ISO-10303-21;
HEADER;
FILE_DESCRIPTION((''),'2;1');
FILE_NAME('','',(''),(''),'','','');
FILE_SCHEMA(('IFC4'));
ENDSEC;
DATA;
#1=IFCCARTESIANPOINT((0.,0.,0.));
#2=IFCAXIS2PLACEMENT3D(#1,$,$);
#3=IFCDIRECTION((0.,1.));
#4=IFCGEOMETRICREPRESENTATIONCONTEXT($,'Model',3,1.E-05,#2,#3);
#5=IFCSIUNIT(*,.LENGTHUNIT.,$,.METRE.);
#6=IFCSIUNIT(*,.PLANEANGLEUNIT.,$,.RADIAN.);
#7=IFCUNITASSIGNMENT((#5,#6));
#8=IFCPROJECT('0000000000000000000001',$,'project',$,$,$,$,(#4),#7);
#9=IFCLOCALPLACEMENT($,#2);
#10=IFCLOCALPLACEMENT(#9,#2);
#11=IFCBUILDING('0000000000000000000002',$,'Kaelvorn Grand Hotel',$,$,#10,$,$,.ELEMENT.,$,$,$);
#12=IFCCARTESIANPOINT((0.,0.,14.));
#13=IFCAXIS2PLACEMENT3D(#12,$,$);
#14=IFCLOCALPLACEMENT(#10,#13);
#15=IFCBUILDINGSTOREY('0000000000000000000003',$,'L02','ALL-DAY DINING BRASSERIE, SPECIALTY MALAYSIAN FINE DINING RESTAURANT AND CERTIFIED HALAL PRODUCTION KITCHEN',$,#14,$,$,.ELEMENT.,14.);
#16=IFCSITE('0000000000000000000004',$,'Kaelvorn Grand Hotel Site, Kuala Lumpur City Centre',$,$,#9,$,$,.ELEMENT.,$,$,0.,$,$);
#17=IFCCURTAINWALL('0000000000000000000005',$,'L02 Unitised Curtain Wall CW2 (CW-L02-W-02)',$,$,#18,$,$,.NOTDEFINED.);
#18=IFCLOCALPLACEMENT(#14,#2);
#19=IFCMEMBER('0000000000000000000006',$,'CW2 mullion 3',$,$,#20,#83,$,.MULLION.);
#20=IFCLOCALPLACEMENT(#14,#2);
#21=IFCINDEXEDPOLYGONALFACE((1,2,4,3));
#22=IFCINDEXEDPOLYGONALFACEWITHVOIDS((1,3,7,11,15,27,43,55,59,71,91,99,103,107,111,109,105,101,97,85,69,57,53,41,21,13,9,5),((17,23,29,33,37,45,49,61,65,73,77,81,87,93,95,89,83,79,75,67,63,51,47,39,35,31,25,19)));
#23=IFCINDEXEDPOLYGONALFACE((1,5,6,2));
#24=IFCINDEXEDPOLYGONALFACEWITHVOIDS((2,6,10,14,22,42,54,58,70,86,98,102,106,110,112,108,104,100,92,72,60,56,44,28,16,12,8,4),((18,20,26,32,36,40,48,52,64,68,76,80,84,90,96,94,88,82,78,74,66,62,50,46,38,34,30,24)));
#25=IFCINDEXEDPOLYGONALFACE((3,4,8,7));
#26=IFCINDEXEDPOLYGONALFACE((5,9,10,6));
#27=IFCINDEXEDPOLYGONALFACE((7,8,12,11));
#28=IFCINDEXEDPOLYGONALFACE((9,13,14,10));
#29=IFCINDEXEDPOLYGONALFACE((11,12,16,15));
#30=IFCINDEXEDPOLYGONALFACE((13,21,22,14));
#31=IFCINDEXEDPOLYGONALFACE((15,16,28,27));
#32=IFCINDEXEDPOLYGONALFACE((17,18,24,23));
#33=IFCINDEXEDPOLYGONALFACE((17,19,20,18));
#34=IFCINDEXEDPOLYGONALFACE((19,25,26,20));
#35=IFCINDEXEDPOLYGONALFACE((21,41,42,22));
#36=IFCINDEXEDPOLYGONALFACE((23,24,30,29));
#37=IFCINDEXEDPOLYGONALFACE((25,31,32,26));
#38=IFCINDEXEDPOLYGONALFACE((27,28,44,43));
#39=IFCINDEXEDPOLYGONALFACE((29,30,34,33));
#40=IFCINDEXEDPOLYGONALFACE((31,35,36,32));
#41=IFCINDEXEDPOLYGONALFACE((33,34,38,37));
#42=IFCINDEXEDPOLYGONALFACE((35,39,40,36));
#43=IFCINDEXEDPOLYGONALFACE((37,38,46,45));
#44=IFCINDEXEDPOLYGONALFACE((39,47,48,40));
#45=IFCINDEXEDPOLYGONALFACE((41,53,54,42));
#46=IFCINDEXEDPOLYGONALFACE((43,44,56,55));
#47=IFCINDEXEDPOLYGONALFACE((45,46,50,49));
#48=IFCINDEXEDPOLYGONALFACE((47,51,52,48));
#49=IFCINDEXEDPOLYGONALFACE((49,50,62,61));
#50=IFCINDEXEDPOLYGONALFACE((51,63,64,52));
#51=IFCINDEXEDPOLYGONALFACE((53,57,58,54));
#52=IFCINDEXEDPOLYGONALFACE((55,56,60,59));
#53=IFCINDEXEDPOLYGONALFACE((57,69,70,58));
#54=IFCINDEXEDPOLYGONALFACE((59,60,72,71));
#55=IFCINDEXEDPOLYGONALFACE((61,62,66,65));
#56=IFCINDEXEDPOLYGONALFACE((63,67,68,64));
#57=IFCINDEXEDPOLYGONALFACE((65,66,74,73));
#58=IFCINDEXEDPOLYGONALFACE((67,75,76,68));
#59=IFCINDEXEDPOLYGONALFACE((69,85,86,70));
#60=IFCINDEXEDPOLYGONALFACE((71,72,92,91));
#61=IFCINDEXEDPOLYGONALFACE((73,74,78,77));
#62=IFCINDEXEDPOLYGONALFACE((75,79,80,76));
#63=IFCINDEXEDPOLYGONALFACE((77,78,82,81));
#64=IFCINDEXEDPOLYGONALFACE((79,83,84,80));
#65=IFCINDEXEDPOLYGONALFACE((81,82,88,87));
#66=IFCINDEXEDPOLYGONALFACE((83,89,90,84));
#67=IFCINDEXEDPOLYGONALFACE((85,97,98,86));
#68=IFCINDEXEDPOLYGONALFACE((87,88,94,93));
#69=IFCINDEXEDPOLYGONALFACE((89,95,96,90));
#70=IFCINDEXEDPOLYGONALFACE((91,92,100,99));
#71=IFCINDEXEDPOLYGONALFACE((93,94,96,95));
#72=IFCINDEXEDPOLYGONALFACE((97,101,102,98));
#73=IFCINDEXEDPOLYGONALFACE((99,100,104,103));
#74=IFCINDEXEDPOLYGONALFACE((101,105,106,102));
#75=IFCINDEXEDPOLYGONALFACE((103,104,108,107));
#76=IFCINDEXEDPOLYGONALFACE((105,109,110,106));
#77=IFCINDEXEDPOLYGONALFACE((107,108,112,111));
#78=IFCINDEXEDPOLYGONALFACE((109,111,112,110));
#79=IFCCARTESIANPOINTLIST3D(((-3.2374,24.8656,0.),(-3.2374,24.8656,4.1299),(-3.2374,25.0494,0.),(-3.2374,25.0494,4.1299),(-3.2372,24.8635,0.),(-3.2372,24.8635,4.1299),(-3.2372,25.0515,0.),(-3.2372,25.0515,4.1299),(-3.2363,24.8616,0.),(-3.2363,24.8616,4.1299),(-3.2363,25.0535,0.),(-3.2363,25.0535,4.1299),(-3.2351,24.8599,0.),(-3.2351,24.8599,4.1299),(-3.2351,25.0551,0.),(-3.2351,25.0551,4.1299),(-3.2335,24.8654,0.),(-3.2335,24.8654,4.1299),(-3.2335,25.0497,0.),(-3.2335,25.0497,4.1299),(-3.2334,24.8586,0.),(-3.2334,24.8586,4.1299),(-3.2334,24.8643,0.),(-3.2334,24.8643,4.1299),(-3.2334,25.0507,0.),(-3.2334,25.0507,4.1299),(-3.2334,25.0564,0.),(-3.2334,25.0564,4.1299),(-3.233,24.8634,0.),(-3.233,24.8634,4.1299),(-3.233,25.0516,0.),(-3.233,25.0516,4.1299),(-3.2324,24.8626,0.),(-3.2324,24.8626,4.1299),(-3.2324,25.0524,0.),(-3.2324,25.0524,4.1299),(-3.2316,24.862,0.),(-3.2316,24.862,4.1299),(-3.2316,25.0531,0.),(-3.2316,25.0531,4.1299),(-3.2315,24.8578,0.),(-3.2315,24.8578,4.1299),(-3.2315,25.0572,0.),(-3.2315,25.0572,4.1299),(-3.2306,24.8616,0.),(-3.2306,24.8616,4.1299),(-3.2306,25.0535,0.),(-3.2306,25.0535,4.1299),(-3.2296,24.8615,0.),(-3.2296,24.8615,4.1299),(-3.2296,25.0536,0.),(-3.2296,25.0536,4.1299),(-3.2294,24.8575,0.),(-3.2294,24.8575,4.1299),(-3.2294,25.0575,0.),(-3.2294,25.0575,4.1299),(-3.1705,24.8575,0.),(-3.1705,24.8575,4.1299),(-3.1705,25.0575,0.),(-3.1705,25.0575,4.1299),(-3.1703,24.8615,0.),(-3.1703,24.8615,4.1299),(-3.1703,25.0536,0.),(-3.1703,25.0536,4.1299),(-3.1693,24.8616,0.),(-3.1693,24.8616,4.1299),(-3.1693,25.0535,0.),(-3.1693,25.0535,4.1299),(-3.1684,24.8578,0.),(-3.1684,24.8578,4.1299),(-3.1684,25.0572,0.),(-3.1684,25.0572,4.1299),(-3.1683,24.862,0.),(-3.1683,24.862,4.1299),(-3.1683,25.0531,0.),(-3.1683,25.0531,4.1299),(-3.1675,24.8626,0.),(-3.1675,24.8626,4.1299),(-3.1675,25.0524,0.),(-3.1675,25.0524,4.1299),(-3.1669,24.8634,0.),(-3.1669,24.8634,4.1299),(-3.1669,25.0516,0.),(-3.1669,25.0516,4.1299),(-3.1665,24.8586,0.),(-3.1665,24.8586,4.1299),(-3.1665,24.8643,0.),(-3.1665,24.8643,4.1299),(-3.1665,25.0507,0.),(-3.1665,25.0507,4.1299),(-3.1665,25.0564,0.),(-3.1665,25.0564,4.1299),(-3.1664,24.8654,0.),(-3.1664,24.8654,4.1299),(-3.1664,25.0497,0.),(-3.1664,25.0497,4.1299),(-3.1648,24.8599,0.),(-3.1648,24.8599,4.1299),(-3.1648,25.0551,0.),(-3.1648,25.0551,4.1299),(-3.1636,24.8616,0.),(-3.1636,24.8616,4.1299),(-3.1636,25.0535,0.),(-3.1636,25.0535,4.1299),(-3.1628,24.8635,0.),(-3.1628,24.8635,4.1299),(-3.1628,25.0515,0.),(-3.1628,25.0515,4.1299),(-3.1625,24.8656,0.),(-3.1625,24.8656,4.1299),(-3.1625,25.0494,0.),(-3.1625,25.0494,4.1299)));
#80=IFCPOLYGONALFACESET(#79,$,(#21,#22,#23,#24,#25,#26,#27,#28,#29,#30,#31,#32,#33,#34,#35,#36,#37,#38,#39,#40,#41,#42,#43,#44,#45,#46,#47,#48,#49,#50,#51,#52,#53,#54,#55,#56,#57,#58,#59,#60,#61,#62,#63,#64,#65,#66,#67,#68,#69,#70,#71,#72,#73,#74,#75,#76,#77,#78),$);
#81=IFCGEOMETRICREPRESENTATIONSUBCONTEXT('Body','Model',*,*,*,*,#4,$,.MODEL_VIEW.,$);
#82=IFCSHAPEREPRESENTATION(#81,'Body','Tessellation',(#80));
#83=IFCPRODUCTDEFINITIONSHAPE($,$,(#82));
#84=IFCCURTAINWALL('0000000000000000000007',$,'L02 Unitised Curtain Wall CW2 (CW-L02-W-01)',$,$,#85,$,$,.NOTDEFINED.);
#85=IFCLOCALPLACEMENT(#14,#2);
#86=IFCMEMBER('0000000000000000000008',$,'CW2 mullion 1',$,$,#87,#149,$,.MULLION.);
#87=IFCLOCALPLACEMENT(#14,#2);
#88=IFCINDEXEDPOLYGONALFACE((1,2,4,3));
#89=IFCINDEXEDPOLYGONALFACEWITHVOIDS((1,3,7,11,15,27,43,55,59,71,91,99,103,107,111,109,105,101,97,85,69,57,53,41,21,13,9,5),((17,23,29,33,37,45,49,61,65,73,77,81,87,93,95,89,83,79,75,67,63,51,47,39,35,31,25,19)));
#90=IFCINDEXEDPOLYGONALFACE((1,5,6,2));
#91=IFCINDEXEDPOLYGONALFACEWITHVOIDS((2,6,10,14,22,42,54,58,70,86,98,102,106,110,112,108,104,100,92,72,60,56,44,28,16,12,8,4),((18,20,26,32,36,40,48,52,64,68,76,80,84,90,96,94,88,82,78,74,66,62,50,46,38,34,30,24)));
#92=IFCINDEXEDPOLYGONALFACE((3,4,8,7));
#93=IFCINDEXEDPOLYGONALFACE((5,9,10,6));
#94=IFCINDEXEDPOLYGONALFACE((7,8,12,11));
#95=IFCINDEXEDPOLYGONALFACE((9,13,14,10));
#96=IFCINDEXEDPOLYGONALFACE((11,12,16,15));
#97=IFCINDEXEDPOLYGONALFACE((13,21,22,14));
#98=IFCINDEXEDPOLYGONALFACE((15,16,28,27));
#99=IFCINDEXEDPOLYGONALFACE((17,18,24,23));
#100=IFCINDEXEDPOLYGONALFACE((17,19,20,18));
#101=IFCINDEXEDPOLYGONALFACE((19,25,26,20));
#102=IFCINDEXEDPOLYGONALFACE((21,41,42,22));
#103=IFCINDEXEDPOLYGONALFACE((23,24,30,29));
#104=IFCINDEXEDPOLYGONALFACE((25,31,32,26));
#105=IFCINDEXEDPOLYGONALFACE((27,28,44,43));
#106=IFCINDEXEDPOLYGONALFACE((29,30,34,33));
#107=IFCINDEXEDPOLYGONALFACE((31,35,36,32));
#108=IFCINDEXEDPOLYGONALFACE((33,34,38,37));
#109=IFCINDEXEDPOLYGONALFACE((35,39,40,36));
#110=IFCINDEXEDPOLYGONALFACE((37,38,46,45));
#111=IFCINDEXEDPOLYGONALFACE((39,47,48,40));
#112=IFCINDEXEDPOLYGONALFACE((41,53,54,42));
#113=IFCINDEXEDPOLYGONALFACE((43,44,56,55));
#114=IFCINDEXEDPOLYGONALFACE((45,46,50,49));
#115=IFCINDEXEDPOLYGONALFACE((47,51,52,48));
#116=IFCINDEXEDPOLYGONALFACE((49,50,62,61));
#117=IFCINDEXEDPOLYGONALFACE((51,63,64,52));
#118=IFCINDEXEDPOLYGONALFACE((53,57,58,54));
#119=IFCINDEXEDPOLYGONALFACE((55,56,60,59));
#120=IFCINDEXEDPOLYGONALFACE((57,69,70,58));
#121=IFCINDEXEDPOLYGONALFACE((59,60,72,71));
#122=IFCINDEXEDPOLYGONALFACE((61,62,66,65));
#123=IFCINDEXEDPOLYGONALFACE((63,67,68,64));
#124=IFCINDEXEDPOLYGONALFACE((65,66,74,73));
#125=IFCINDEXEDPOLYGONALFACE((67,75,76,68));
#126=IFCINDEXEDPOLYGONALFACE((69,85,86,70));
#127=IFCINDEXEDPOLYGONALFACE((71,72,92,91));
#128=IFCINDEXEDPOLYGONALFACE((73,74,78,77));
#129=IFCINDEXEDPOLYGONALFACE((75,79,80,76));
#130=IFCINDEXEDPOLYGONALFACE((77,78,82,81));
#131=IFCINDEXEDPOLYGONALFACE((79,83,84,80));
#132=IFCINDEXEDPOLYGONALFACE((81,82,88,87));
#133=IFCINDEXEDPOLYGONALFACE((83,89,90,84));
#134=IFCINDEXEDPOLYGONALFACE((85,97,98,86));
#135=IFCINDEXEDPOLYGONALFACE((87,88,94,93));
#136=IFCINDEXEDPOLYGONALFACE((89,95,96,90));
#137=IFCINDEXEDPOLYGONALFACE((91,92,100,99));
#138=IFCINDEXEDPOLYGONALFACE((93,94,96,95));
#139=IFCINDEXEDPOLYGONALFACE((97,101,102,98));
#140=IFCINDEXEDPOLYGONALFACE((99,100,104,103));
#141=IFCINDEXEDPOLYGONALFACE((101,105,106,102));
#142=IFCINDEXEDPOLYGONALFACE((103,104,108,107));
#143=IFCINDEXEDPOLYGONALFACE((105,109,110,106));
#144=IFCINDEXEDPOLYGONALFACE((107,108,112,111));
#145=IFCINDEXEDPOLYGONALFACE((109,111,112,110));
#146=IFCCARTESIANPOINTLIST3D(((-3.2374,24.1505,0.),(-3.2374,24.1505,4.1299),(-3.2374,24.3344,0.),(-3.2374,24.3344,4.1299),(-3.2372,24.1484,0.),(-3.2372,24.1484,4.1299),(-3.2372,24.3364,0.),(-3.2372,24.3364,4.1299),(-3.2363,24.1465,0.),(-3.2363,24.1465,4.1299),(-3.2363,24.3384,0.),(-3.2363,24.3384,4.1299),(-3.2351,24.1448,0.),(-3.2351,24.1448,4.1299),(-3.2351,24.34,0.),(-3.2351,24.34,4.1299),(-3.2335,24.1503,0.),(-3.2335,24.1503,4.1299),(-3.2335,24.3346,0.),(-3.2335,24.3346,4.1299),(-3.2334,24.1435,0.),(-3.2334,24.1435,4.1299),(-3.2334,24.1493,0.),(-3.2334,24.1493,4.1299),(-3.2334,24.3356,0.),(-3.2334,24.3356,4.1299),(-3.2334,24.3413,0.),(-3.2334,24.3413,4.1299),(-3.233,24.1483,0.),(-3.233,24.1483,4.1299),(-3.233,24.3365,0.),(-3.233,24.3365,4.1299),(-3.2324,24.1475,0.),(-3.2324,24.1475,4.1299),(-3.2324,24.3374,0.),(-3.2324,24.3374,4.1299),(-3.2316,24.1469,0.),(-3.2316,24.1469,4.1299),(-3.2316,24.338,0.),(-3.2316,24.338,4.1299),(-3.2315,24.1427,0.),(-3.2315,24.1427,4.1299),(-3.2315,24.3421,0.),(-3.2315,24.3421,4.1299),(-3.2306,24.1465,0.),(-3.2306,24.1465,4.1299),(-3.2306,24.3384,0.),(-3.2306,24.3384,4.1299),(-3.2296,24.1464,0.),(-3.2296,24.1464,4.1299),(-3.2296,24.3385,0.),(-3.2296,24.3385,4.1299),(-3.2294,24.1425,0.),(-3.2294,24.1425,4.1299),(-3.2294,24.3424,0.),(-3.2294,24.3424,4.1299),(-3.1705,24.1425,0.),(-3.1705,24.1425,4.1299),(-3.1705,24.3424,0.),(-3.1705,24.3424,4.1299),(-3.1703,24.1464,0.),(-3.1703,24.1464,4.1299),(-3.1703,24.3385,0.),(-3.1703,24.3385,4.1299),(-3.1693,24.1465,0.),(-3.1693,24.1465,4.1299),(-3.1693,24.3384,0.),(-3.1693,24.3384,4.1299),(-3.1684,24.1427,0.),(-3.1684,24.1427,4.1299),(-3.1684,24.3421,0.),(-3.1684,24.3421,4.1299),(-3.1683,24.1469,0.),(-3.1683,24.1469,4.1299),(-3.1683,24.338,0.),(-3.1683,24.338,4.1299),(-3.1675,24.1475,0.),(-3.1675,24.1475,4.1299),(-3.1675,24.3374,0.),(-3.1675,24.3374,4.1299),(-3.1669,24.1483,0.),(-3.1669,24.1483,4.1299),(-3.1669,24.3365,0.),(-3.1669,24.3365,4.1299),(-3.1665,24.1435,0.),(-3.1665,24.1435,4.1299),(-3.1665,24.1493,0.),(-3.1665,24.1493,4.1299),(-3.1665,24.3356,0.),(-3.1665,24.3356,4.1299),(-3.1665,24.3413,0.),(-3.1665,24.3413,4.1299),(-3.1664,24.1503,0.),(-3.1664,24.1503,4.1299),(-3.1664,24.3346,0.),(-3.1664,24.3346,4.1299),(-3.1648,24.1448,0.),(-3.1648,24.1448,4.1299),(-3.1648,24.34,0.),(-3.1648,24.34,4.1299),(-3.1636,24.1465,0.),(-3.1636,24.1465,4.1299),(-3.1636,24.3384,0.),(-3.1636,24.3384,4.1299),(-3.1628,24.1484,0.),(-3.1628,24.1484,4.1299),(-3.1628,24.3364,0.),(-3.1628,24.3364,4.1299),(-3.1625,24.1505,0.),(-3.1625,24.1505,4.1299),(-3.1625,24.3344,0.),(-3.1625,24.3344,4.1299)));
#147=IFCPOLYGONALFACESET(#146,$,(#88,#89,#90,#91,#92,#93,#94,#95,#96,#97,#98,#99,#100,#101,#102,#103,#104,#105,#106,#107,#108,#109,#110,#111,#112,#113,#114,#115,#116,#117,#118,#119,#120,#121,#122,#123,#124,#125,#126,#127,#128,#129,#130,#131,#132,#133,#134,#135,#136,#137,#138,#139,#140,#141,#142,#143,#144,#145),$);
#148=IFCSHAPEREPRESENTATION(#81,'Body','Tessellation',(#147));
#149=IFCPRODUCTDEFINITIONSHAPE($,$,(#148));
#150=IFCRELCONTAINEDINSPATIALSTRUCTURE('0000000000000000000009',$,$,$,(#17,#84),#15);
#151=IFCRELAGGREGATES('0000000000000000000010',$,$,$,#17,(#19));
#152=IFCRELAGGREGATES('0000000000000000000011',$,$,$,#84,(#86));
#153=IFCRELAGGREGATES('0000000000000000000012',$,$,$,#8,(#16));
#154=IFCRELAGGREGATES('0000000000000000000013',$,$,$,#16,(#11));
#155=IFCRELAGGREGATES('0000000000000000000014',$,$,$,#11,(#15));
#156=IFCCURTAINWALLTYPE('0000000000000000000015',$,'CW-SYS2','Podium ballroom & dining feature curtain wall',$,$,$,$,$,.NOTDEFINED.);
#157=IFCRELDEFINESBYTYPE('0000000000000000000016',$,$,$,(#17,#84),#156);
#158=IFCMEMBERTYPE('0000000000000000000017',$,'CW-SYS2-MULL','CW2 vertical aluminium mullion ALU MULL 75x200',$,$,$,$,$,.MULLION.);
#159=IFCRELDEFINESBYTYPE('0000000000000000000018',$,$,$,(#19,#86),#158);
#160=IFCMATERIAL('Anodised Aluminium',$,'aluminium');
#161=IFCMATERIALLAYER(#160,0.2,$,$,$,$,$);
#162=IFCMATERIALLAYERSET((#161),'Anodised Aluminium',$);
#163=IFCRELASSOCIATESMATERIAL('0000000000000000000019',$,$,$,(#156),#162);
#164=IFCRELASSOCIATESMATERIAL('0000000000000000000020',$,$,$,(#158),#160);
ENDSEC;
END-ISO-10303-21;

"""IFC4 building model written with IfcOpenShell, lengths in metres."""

from ifc_helpers import new_model, si_unit, direction, frame, origin, origin_2d, place, context, subcontext, project, spatial, hollow_rectangle, extrude, material, layer, layer_set, material_profile, profile_set, type_object, element, aggregate, save


model = new_model("IFC4")

# Units and contexts
model_context = context("Model", 3, precision=1e-05, world=origin(), true_north=direction((0.0, 1.0)))
body_context = subcontext(model_context, "Body", "Model", "MODEL_VIEW")
ifc_project = project(units=[si_unit("LENGTHUNIT", "METRE"), si_unit("PLANEANGLEUNIT", "RADIAN")], contexts=[model_context])

# Site, building, storey
site_placement = place(None, origin())
site = spatial("IfcSite", under=ifc_project, at=site_placement, Name="Kaelvorn Grand Hotel Site, Kuala Lumpur City Centre", CompositionType="ELEMENT", RefElevation=0.0)
building_placement = place(site_placement, origin())
building = spatial("IfcBuilding", under=site, at=building_placement, Name="Kaelvorn Grand Hotel", CompositionType="ELEMENT")
storey_placement = place(building_placement, frame((0.0, 0.0, 14.0)))
storey = spatial("IfcBuildingStorey", under=building, at=storey_placement, Name="L02", Description="ALL-DAY DINING BRASSERIE, SPECIALTY MALAYSIAN FINE DINING RESTAURANT AND CERTIFIED HALAL PRODUCTION KITCHEN", CompositionType="ELEMENT", Elevation=14.0)

# Curtain wall, member
ifc_material_1 = material(Name="Anodised Aluminium", Category="aluminium")
ifc_layer_1 = layer(ifc_material_1, 0.2)
ifc_layer_set_1 = layer_set([ifc_layer_1], Name="Anodised Aluminium")
curtain_wall_type = type_object("IfcCurtainWallType", Name="CW-SYS2", Description="Podium ballroom & dining feature curtain wall", PredefinedType="NOTDEFINED", material=ifc_layer_set_1)
curtain_wall_1_placement = place(storey_placement, origin())
curtain_wall_1 = element("IfcCurtainWall", 1, at=curtain_wall_1_placement, inside=storey, type_object=curtain_wall_type, Name="L02 Unitised Curtain Wall CW2 (CW-L02-W-02)", PredefinedType="NOTDEFINED")
ifc_material_profile_1 = material_profile(ifc_material_1, hollow_rectangle(XDim=0.075, YDim=0.2, WallThickness=0.0039, InnerFilletRadius=0.0039, OuterFilletRadius=0.0081, at=origin_2d()), Name="ALU MULL 75x200")
ifc_profile_set_1 = profile_set([ifc_material_profile_1], Name="Anodised Aluminium")
member_type_1 = type_object("IfcMemberType", Name="CW-SYS2-MULL", Description="CW2 vertical aluminium mullion ALU MULL 75x200", PredefinedType="MULLION", material=ifc_profile_set_1)
member_1_placement = place(storey_placement, frame((-3.2, 24.9575, 0.0), z_axis=(0.0, 0.0, 1.0), x_axis=(1.0, 0.0, 0.0)))
member_1 = element("IfcMember", 2, at=member_1_placement, type_object=member_type_1, Name="CW2 mullion 3", PredefinedType="MULLION", context=body_context, shape_type="SweptSolid", body=[
    extrude(hollow_rectangle(XDim=0.075, YDim=0.2, WallThickness=0.0039, InnerFilletRadius=0.0039, OuterFilletRadius=0.0081, at=origin_2d()), origin(), (0.0, 0.0, 1.0), 4.1299),
])

# Curtain wall, member
curtain_wall_2_placement = place(storey_placement, origin())
curtain_wall_2 = element("IfcCurtainWall", 3, at=curtain_wall_2_placement, inside=storey, type_object=curtain_wall_type, Name="L02 Unitised Curtain Wall CW2 (CW-L02-W-01)", PredefinedType="NOTDEFINED")
member_2_placement = place(storey_placement, frame((-3.2, 24.2424, 0.0), z_axis=(0.0, 0.0, 1.0), x_axis=(1.0, 0.0, 0.0)))
member_2 = element("IfcMember", 4, at=member_2_placement, type_object=member_type_1, Name="CW2 mullion 1", PredefinedType="MULLION", context=body_context, shape_type="SweptSolid", body=[
    extrude(hollow_rectangle(XDim=0.075, YDim=0.2, WallThickness=0.0039, InnerFilletRadius=0.0039, OuterFilletRadius=0.0081, at=origin_2d()), origin(), (0.0, 0.0, 1.0), 4.1299),
])

aggregate(curtain_wall_1, [member_1])
aggregate(curtain_wall_2, [member_2])

save(model, "model.ifc")
